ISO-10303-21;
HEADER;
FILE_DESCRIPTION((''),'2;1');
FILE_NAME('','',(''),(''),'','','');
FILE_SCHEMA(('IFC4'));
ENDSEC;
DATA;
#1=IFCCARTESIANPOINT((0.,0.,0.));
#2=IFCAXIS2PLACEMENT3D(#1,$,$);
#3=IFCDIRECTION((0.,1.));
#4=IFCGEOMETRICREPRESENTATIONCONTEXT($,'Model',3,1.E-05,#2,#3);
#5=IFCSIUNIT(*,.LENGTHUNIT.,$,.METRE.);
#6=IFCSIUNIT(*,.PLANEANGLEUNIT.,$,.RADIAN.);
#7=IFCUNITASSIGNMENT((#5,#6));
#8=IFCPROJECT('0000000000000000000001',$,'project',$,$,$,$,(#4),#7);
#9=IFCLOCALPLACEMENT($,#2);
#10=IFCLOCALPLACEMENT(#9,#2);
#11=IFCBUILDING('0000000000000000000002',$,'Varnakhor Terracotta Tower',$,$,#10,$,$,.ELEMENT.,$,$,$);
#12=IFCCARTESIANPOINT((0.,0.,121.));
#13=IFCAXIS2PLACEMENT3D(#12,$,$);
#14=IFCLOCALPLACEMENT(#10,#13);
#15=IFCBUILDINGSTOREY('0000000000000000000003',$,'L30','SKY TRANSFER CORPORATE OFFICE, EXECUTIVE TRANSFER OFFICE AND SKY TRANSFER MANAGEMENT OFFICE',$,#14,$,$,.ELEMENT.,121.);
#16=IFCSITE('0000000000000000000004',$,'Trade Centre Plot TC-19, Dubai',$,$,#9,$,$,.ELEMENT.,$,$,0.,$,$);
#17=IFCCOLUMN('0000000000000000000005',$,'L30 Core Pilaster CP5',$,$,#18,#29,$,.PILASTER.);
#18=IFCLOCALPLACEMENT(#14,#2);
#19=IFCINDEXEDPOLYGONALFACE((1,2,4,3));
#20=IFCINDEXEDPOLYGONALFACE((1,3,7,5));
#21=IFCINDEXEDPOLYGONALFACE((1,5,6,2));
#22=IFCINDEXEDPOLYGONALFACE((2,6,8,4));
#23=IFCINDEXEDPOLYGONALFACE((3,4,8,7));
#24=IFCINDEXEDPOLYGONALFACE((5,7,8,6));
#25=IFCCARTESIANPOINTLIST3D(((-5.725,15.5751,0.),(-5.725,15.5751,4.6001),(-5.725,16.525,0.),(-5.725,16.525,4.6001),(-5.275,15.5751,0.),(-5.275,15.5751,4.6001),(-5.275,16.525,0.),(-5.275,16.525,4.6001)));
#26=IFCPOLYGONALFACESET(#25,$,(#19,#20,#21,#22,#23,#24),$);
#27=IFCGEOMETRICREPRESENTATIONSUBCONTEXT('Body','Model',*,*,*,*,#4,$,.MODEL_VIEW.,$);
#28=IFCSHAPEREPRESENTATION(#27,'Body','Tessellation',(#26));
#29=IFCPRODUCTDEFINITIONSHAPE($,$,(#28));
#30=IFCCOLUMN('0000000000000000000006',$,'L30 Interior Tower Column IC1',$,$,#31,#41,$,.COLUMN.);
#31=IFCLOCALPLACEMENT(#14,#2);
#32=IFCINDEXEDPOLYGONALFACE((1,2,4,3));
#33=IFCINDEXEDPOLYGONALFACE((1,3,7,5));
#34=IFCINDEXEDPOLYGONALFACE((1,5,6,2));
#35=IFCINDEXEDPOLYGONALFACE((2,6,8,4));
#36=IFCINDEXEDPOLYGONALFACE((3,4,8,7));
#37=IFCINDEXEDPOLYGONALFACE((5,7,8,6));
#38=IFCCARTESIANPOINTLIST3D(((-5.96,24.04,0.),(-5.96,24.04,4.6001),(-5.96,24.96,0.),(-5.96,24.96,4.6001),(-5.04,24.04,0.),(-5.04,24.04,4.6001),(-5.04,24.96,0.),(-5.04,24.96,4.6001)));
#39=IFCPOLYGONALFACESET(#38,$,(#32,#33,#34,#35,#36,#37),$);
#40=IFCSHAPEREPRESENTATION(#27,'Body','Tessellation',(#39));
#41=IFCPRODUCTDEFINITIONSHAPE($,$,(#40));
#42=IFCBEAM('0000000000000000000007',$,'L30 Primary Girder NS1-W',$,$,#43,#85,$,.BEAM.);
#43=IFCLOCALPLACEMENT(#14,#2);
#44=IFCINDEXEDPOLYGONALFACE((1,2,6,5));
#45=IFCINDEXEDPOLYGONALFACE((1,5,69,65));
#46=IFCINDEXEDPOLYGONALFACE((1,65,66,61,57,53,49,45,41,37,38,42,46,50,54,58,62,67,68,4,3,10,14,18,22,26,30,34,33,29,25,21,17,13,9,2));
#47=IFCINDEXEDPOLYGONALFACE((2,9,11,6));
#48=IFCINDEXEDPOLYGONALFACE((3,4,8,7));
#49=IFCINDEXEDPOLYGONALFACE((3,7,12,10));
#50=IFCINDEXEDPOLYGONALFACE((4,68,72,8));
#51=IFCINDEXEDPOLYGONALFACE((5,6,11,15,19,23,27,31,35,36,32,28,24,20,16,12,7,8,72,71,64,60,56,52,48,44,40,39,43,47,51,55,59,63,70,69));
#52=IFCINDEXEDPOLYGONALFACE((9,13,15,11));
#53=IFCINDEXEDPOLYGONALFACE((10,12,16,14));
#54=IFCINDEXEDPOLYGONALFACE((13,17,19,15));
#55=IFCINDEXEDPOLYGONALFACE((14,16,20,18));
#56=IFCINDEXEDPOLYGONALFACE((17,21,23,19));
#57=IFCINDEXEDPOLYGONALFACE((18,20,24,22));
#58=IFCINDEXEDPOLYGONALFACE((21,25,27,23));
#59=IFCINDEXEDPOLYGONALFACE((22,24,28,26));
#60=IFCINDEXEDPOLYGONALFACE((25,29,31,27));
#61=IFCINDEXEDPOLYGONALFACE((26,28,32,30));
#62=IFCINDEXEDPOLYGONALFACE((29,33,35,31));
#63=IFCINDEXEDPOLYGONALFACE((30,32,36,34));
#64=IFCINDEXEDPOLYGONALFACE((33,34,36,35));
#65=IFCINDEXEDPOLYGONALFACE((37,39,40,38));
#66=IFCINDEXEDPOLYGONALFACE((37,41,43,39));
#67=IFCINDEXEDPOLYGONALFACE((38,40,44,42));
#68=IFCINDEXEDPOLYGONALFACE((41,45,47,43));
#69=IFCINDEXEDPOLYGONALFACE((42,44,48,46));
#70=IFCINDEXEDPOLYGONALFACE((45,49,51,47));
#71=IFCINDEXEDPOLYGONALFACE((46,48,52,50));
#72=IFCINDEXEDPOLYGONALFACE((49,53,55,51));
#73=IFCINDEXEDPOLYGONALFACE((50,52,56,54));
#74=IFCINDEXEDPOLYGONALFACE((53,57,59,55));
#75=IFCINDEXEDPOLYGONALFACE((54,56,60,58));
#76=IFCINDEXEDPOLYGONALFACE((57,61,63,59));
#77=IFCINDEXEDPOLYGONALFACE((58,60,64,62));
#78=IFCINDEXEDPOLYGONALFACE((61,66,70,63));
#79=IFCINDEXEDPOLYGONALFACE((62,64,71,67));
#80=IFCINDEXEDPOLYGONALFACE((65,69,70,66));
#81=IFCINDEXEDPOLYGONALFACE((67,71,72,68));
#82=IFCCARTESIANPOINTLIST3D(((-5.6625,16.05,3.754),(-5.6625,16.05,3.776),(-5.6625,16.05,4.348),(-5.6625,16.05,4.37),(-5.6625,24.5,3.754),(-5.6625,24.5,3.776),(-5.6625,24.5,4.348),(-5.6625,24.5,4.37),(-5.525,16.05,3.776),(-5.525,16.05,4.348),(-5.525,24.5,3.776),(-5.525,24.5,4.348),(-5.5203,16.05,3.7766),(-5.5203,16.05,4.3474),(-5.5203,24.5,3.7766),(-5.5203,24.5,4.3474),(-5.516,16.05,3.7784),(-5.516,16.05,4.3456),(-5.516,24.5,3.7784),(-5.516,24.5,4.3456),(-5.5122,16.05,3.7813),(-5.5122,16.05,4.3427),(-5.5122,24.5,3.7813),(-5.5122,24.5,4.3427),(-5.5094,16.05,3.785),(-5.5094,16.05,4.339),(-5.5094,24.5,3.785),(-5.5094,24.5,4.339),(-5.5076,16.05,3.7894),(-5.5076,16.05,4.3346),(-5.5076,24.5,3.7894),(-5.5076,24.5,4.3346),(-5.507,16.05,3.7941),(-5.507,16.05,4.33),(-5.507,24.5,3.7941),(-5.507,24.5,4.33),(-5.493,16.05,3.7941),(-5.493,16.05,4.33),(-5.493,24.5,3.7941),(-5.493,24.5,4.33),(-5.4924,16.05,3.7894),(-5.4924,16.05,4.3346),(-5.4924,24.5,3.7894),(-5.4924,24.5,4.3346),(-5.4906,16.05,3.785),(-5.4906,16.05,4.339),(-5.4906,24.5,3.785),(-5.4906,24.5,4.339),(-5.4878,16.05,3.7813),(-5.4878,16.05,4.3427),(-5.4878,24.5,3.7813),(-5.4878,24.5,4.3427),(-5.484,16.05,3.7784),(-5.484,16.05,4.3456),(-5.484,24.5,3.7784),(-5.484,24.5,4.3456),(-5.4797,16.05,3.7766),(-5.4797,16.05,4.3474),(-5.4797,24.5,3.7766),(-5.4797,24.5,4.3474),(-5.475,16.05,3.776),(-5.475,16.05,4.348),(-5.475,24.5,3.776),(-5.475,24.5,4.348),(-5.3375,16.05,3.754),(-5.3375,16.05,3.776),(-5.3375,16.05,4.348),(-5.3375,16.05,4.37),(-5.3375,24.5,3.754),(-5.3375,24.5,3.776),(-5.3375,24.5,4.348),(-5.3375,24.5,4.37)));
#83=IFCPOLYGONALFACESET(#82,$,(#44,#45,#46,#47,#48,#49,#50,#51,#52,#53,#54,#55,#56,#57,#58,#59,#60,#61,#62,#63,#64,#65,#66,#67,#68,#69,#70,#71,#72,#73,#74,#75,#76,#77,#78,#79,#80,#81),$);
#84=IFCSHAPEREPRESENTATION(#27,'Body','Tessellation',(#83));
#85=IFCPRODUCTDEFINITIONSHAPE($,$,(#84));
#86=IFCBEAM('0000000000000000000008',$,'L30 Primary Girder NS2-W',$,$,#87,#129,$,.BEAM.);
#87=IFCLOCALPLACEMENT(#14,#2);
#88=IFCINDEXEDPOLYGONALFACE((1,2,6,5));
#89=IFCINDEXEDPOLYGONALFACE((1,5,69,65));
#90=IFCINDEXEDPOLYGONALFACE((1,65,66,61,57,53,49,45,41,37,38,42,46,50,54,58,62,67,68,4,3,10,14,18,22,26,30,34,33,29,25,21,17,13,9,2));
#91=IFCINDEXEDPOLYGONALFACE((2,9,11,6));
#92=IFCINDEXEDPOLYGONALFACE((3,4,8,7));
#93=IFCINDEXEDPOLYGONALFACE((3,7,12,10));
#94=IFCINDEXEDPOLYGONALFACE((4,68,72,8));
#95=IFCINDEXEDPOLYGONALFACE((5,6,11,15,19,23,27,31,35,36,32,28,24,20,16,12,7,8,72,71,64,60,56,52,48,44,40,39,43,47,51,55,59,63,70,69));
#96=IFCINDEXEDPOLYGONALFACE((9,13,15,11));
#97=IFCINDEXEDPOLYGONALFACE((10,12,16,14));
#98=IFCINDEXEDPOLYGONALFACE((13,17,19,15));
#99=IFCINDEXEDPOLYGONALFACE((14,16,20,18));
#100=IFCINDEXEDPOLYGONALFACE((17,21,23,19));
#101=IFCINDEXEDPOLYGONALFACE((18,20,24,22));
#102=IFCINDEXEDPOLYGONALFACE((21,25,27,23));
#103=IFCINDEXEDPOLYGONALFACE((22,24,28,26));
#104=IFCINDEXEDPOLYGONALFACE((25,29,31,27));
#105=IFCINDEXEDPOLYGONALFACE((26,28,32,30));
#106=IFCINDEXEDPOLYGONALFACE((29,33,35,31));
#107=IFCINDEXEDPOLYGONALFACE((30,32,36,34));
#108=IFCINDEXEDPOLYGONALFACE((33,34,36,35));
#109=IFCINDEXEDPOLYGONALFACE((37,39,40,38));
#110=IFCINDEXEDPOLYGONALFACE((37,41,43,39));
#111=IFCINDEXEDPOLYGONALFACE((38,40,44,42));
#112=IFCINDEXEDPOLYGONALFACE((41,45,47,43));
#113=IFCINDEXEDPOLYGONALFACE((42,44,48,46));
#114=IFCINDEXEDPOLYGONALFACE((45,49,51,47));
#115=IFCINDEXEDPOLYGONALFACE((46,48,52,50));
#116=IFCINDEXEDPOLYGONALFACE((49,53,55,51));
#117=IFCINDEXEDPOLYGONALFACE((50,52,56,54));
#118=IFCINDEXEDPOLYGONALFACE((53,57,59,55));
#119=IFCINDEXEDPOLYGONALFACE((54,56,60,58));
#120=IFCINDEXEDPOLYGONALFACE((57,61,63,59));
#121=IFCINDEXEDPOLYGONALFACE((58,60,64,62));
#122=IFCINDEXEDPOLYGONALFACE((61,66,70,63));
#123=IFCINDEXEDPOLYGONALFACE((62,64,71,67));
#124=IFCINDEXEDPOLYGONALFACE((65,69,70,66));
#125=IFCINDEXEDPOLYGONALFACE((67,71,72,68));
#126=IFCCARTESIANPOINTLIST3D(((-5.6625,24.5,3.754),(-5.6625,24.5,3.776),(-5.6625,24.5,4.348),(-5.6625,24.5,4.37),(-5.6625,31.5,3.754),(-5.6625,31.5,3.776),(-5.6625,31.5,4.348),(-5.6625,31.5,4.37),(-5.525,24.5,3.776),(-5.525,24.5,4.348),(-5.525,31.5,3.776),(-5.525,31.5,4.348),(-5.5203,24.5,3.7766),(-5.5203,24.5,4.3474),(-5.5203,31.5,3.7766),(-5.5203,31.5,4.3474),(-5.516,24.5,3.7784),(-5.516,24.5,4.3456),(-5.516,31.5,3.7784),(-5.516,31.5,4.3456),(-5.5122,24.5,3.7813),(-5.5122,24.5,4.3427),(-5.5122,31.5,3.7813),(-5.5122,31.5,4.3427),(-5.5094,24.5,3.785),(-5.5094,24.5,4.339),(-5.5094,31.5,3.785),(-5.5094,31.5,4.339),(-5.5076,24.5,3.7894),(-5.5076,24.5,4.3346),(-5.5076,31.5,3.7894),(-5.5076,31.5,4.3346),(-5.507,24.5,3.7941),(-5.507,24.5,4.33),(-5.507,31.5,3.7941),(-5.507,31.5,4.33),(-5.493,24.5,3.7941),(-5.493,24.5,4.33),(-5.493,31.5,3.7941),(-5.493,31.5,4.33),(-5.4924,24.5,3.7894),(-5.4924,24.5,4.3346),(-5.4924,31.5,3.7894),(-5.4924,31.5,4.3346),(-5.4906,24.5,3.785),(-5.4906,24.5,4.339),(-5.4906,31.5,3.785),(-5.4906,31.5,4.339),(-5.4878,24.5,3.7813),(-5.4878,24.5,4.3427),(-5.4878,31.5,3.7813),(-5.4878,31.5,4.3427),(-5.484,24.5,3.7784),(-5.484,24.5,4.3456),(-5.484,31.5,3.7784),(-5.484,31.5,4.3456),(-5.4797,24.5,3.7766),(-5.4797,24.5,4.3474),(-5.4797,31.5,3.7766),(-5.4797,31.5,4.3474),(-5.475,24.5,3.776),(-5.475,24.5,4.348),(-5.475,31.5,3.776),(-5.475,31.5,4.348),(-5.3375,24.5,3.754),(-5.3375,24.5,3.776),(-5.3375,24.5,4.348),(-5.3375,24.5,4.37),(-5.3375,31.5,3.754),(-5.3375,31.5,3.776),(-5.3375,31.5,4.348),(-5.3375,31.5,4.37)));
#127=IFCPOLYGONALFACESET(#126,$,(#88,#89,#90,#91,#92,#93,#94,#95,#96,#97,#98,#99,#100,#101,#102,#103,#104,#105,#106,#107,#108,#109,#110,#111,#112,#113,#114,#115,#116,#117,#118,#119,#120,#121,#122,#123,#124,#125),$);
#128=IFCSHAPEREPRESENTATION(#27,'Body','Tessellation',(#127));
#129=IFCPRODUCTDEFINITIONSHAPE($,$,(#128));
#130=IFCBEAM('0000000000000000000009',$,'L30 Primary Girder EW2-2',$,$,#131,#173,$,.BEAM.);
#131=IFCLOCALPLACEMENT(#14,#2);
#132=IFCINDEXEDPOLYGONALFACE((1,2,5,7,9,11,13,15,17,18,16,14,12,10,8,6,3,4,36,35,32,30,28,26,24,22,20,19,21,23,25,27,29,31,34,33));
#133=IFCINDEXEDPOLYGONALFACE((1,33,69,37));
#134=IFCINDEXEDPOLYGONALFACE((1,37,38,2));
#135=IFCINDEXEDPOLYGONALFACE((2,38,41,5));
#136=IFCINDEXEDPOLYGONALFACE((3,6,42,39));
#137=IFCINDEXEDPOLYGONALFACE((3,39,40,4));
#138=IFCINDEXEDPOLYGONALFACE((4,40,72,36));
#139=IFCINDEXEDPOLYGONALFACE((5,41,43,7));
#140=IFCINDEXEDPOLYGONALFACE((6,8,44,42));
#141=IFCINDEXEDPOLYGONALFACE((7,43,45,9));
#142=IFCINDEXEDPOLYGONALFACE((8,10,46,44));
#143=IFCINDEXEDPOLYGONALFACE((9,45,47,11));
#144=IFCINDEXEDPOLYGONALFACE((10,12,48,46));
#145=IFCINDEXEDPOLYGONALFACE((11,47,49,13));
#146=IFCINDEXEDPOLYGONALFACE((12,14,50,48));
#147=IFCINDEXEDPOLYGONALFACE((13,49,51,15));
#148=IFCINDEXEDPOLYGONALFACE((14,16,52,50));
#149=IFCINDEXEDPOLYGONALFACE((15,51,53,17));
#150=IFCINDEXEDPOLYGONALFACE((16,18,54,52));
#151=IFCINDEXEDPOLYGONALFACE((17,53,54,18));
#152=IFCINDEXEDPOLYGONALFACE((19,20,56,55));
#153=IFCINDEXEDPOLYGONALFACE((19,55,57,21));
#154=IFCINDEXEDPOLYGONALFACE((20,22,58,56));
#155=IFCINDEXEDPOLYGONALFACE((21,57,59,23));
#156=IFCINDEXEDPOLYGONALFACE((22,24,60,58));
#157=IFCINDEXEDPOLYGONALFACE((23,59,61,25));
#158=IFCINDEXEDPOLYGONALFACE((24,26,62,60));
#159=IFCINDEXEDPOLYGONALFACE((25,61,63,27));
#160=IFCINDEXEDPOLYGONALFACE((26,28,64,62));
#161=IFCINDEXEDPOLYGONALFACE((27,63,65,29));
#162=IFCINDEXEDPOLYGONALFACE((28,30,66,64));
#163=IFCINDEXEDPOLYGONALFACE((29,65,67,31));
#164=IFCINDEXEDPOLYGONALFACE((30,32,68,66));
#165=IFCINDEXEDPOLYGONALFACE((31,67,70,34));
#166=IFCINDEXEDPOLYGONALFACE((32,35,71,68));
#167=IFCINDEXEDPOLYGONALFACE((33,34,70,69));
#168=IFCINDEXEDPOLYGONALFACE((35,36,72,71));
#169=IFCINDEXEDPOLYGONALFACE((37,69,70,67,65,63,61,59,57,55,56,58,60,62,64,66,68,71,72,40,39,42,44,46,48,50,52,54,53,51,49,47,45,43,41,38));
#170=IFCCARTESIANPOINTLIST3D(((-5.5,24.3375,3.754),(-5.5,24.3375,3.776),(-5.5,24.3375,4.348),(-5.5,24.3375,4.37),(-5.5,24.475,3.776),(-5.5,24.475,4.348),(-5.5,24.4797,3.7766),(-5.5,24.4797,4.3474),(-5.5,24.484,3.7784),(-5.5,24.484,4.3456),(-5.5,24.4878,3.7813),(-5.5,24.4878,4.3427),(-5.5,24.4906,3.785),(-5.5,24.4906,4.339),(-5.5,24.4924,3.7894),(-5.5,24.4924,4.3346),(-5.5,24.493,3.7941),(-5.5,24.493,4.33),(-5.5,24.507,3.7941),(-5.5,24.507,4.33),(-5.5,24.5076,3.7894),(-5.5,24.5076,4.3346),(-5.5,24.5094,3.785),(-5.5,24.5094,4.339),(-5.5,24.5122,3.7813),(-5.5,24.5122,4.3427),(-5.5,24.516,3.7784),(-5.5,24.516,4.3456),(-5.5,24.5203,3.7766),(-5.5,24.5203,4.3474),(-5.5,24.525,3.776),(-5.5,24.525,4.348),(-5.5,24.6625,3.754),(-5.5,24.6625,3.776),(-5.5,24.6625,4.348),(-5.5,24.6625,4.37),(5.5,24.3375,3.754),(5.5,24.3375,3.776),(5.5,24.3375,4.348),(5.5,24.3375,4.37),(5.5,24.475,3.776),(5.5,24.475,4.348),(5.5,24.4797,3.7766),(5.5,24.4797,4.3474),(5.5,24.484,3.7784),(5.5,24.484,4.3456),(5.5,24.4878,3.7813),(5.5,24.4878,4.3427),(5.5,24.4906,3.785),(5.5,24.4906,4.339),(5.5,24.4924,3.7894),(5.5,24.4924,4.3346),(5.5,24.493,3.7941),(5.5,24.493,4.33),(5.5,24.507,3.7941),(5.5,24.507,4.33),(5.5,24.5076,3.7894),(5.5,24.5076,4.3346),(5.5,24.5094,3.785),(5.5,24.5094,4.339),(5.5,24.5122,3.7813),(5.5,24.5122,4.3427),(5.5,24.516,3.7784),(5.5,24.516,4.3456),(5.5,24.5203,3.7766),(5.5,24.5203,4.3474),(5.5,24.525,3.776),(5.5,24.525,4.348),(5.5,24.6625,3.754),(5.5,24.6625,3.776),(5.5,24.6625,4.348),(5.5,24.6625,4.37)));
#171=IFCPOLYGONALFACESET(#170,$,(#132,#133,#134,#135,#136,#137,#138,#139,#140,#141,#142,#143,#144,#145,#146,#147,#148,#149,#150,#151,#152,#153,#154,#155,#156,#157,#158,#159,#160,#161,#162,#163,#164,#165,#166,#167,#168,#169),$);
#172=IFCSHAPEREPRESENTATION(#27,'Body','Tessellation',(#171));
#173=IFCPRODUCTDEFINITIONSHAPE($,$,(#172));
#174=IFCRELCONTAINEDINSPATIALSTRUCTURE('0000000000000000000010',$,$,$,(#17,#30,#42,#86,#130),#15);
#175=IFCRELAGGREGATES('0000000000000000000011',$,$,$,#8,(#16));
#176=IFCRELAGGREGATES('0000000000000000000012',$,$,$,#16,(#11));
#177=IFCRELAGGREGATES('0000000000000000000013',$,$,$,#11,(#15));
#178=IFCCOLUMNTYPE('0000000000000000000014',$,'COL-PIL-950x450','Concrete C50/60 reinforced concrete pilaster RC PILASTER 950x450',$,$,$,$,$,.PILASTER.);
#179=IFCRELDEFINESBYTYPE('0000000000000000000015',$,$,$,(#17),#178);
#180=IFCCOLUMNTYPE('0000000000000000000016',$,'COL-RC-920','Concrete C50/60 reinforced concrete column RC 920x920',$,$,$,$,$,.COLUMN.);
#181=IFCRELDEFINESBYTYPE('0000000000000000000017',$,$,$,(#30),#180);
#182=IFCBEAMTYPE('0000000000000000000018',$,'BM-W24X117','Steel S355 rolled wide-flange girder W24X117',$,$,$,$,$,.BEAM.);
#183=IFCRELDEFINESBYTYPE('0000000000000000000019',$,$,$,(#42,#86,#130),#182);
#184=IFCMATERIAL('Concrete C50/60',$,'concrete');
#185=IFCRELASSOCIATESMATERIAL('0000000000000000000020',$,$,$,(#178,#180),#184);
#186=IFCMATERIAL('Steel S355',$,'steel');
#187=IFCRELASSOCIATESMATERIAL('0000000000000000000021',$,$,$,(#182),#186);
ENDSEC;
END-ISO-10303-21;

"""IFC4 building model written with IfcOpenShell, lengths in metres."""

from ifc_helpers import new_model, si_unit, direction, frame, origin, origin_2d, place, context, subcontext, project, spatial, rectangle, i_section, extrude, source, transform, mapped, material, material_profile, profile_set, type_object, type_shapes, element, save


model = new_model("IFC4")

# Units and contexts
model_context = context("Model", 3, precision=1e-05, world=origin(), true_north=direction((0.0, 1.0)))
body_context = subcontext(model_context, "Body", "Model", "MODEL_VIEW")
ifc_project = project(units=[si_unit("LENGTHUNIT", "METRE"), si_unit("PLANEANGLEUNIT", "RADIAN")], contexts=[model_context])

# Site, building, storey
site_placement = place(None, origin())
site = spatial("IfcSite", under=ifc_project, at=site_placement, Name="Trade Centre Plot TC-19, Dubai", CompositionType="ELEMENT", RefElevation=0.0)
building_placement = place(site_placement, origin())
building = spatial("IfcBuilding", under=site, at=building_placement, Name="Varnakhor Terracotta Tower", CompositionType="ELEMENT")
storey_placement = place(building_placement, frame((0.0, 0.0, 121.0)))
storey = spatial("IfcBuildingStorey", under=building, at=storey_placement, Name="L30", Description="SKY TRANSFER CORPORATE OFFICE, EXECUTIVE TRANSFER OFFICE AND SKY TRANSFER MANAGEMENT OFFICE", CompositionType="ELEMENT", Elevation=121.0)

# Columns
ifc_material_1 = material(Name="Concrete C50/60", Category="concrete")
ifc_material_profile_1 = material_profile(ifc_material_1, rectangle(XDim=0.45, YDim=0.95, at=origin_2d()), Name="RC PILASTER 950x450")
ifc_profile_set_1 = profile_set([ifc_material_profile_1], Name="Concrete C50/60")
column_type_1 = type_object("IfcColumnType", Name="COL-PIL-950x450", Description="Concrete C50/60 reinforced concrete pilaster RC PILASTER 950x450", PredefinedType="PILASTER", material=ifc_profile_set_1)
shared_shape_1 = source(origin(), body_context, "Body", "SweptSolid", [
    extrude(rectangle(XDim=0.45, YDim=0.95, at=origin_2d()), origin(), (0.0, 0.0, 1.0), 4.6001),
])
column_1_placement = place(storey_placement, frame((-5.5, 16.05, 0.0), z_axis=(0.0, 0.0, 1.0), x_axis=(1.0, 0.0, 0.0)))
element("IfcColumn", 1, at=column_1_placement, inside=storey, type_object=column_type_1, Name="L30 Core Pilaster CP5", PredefinedType="PILASTER", context=body_context, shape_type="MappedRepresentation", body=[
    mapped(shared_shape_1, transform((0.0, 0.0, 0.0), scale=1.0)),
])
ifc_material_profile_2 = material_profile(ifc_material_1, rectangle(XDim=0.9199, YDim=0.9199, at=origin_2d()), Name="RC 920x920")
ifc_profile_set_2 = profile_set([ifc_material_profile_2], Name="Concrete C50/60")
column_type_2 = type_object("IfcColumnType", Name="COL-RC-920", Description="Concrete C50/60 reinforced concrete column RC 920x920", PredefinedType="COLUMN", material=ifc_profile_set_2)
shared_shape_2 = source(origin(), body_context, "Body", "SweptSolid", [
    extrude(rectangle(XDim=0.9199, YDim=0.9199, at=origin_2d()), origin(), (0.0, 0.0, 1.0), 4.6001),
])
type_shapes(column_type_2, [shared_shape_2])
column_2_placement = place(storey_placement, frame((-5.5, 24.5, 0.0), z_axis=(0.0, 0.0, 1.0), x_axis=(1.0, 0.0, 0.0)))
element("IfcColumn", 2, at=column_2_placement, inside=storey, type_object=column_type_2, Name="L30 Interior Tower Column IC1", PredefinedType="COLUMN", context=body_context, shape_type="MappedRepresentation", body=[
    mapped(shared_shape_2, transform((0.0, 0.0, 0.0), scale=1.0)),
])

# Beams
ifc_material_2 = material(Name="Steel S355", Category="steel")
ifc_material_profile_3 = material_profile(ifc_material_2, i_section(OverallWidth=0.325, OverallDepth=0.616, WebThickness=0.0139, FlangeThickness=0.022, FilletRadius=0.0181, at=origin_2d()), Name="W24X117")
ifc_profile_set_3 = profile_set([ifc_material_profile_3], Name="Steel S355")
beam_type_1 = type_object("IfcBeamType", Name="BM-W24X117", Description="Steel S355 rolled wide-flange girder W24X117", PredefinedType="BEAM", material=ifc_profile_set_3)
shared_shape_3 = source(origin(), body_context, "Body", "SweptSolid", [
    extrude(i_section(OverallWidth=0.325, OverallDepth=0.616, WebThickness=0.0139, FlangeThickness=0.022, FilletRadius=0.0181, at=origin_2d()), origin(), (0.0, 0.0, 1.0), 8.45),
])
type_shapes(beam_type_1, [shared_shape_3])
beam_1_placement = place(storey_placement, frame((-5.5, 16.05, 4.062), z_axis=(0.0, 1.0, 0.0), x_axis=(-1.0, 0.0, 0.0)))
element("IfcBeam", 3, at=beam_1_placement, inside=storey, type_object=beam_type_1, Name="L30 Primary Girder NS1-W", PredefinedType="BEAM", context=body_context, shape_type="MappedRepresentation", body=[
    mapped(shared_shape_3, transform((0.0, 0.0, 0.0), scale=1.0)),
])
shared_shape_4 = source(origin(), body_context, "Body", "SweptSolid", [
    extrude(i_section(OverallWidth=0.325, OverallDepth=0.616, WebThickness=0.0139, FlangeThickness=0.022, FilletRadius=0.0181, at=origin_2d()), origin(), (0.0, 0.0, 1.0), 7.0),
])
beam_2_placement = place(storey_placement, frame((-5.5, 24.5, 4.062), z_axis=(0.0, 1.0, 0.0), x_axis=(-1.0, 0.0, 0.0)))
element("IfcBeam", 4, at=beam_2_placement, inside=storey, type_object=beam_type_1, Name="L30 Primary Girder NS2-W", PredefinedType="BEAM", context=body_context, shape_type="MappedRepresentation", body=[
    mapped(shared_shape_4, transform((0.0, 0.0, 0.0), scale=1.0)),
])
shared_shape_5 = source(origin(), body_context, "Body", "SweptSolid", [
    extrude(i_section(OverallWidth=0.325, OverallDepth=0.616, WebThickness=0.0139, FlangeThickness=0.022, FilletRadius=0.0181, at=origin_2d()), origin(), (0.0, 0.0, 1.0), 11.0),
])
beam_3_placement = place(storey_placement, frame((-5.5, 24.5, 4.062), z_axis=(1.0, 0.0, 0.0), x_axis=(0.0, 1.0, 0.0)))
element("IfcBeam", 5, at=beam_3_placement, inside=storey, type_object=beam_type_1, Name="L30 Primary Girder EW2-2", PredefinedType="BEAM", context=body_context, shape_type="MappedRepresentation", body=[
    mapped(shared_shape_5, transform((0.0, 0.0, 0.0), scale=1.0)),
])

save(model, "model.ifc")
